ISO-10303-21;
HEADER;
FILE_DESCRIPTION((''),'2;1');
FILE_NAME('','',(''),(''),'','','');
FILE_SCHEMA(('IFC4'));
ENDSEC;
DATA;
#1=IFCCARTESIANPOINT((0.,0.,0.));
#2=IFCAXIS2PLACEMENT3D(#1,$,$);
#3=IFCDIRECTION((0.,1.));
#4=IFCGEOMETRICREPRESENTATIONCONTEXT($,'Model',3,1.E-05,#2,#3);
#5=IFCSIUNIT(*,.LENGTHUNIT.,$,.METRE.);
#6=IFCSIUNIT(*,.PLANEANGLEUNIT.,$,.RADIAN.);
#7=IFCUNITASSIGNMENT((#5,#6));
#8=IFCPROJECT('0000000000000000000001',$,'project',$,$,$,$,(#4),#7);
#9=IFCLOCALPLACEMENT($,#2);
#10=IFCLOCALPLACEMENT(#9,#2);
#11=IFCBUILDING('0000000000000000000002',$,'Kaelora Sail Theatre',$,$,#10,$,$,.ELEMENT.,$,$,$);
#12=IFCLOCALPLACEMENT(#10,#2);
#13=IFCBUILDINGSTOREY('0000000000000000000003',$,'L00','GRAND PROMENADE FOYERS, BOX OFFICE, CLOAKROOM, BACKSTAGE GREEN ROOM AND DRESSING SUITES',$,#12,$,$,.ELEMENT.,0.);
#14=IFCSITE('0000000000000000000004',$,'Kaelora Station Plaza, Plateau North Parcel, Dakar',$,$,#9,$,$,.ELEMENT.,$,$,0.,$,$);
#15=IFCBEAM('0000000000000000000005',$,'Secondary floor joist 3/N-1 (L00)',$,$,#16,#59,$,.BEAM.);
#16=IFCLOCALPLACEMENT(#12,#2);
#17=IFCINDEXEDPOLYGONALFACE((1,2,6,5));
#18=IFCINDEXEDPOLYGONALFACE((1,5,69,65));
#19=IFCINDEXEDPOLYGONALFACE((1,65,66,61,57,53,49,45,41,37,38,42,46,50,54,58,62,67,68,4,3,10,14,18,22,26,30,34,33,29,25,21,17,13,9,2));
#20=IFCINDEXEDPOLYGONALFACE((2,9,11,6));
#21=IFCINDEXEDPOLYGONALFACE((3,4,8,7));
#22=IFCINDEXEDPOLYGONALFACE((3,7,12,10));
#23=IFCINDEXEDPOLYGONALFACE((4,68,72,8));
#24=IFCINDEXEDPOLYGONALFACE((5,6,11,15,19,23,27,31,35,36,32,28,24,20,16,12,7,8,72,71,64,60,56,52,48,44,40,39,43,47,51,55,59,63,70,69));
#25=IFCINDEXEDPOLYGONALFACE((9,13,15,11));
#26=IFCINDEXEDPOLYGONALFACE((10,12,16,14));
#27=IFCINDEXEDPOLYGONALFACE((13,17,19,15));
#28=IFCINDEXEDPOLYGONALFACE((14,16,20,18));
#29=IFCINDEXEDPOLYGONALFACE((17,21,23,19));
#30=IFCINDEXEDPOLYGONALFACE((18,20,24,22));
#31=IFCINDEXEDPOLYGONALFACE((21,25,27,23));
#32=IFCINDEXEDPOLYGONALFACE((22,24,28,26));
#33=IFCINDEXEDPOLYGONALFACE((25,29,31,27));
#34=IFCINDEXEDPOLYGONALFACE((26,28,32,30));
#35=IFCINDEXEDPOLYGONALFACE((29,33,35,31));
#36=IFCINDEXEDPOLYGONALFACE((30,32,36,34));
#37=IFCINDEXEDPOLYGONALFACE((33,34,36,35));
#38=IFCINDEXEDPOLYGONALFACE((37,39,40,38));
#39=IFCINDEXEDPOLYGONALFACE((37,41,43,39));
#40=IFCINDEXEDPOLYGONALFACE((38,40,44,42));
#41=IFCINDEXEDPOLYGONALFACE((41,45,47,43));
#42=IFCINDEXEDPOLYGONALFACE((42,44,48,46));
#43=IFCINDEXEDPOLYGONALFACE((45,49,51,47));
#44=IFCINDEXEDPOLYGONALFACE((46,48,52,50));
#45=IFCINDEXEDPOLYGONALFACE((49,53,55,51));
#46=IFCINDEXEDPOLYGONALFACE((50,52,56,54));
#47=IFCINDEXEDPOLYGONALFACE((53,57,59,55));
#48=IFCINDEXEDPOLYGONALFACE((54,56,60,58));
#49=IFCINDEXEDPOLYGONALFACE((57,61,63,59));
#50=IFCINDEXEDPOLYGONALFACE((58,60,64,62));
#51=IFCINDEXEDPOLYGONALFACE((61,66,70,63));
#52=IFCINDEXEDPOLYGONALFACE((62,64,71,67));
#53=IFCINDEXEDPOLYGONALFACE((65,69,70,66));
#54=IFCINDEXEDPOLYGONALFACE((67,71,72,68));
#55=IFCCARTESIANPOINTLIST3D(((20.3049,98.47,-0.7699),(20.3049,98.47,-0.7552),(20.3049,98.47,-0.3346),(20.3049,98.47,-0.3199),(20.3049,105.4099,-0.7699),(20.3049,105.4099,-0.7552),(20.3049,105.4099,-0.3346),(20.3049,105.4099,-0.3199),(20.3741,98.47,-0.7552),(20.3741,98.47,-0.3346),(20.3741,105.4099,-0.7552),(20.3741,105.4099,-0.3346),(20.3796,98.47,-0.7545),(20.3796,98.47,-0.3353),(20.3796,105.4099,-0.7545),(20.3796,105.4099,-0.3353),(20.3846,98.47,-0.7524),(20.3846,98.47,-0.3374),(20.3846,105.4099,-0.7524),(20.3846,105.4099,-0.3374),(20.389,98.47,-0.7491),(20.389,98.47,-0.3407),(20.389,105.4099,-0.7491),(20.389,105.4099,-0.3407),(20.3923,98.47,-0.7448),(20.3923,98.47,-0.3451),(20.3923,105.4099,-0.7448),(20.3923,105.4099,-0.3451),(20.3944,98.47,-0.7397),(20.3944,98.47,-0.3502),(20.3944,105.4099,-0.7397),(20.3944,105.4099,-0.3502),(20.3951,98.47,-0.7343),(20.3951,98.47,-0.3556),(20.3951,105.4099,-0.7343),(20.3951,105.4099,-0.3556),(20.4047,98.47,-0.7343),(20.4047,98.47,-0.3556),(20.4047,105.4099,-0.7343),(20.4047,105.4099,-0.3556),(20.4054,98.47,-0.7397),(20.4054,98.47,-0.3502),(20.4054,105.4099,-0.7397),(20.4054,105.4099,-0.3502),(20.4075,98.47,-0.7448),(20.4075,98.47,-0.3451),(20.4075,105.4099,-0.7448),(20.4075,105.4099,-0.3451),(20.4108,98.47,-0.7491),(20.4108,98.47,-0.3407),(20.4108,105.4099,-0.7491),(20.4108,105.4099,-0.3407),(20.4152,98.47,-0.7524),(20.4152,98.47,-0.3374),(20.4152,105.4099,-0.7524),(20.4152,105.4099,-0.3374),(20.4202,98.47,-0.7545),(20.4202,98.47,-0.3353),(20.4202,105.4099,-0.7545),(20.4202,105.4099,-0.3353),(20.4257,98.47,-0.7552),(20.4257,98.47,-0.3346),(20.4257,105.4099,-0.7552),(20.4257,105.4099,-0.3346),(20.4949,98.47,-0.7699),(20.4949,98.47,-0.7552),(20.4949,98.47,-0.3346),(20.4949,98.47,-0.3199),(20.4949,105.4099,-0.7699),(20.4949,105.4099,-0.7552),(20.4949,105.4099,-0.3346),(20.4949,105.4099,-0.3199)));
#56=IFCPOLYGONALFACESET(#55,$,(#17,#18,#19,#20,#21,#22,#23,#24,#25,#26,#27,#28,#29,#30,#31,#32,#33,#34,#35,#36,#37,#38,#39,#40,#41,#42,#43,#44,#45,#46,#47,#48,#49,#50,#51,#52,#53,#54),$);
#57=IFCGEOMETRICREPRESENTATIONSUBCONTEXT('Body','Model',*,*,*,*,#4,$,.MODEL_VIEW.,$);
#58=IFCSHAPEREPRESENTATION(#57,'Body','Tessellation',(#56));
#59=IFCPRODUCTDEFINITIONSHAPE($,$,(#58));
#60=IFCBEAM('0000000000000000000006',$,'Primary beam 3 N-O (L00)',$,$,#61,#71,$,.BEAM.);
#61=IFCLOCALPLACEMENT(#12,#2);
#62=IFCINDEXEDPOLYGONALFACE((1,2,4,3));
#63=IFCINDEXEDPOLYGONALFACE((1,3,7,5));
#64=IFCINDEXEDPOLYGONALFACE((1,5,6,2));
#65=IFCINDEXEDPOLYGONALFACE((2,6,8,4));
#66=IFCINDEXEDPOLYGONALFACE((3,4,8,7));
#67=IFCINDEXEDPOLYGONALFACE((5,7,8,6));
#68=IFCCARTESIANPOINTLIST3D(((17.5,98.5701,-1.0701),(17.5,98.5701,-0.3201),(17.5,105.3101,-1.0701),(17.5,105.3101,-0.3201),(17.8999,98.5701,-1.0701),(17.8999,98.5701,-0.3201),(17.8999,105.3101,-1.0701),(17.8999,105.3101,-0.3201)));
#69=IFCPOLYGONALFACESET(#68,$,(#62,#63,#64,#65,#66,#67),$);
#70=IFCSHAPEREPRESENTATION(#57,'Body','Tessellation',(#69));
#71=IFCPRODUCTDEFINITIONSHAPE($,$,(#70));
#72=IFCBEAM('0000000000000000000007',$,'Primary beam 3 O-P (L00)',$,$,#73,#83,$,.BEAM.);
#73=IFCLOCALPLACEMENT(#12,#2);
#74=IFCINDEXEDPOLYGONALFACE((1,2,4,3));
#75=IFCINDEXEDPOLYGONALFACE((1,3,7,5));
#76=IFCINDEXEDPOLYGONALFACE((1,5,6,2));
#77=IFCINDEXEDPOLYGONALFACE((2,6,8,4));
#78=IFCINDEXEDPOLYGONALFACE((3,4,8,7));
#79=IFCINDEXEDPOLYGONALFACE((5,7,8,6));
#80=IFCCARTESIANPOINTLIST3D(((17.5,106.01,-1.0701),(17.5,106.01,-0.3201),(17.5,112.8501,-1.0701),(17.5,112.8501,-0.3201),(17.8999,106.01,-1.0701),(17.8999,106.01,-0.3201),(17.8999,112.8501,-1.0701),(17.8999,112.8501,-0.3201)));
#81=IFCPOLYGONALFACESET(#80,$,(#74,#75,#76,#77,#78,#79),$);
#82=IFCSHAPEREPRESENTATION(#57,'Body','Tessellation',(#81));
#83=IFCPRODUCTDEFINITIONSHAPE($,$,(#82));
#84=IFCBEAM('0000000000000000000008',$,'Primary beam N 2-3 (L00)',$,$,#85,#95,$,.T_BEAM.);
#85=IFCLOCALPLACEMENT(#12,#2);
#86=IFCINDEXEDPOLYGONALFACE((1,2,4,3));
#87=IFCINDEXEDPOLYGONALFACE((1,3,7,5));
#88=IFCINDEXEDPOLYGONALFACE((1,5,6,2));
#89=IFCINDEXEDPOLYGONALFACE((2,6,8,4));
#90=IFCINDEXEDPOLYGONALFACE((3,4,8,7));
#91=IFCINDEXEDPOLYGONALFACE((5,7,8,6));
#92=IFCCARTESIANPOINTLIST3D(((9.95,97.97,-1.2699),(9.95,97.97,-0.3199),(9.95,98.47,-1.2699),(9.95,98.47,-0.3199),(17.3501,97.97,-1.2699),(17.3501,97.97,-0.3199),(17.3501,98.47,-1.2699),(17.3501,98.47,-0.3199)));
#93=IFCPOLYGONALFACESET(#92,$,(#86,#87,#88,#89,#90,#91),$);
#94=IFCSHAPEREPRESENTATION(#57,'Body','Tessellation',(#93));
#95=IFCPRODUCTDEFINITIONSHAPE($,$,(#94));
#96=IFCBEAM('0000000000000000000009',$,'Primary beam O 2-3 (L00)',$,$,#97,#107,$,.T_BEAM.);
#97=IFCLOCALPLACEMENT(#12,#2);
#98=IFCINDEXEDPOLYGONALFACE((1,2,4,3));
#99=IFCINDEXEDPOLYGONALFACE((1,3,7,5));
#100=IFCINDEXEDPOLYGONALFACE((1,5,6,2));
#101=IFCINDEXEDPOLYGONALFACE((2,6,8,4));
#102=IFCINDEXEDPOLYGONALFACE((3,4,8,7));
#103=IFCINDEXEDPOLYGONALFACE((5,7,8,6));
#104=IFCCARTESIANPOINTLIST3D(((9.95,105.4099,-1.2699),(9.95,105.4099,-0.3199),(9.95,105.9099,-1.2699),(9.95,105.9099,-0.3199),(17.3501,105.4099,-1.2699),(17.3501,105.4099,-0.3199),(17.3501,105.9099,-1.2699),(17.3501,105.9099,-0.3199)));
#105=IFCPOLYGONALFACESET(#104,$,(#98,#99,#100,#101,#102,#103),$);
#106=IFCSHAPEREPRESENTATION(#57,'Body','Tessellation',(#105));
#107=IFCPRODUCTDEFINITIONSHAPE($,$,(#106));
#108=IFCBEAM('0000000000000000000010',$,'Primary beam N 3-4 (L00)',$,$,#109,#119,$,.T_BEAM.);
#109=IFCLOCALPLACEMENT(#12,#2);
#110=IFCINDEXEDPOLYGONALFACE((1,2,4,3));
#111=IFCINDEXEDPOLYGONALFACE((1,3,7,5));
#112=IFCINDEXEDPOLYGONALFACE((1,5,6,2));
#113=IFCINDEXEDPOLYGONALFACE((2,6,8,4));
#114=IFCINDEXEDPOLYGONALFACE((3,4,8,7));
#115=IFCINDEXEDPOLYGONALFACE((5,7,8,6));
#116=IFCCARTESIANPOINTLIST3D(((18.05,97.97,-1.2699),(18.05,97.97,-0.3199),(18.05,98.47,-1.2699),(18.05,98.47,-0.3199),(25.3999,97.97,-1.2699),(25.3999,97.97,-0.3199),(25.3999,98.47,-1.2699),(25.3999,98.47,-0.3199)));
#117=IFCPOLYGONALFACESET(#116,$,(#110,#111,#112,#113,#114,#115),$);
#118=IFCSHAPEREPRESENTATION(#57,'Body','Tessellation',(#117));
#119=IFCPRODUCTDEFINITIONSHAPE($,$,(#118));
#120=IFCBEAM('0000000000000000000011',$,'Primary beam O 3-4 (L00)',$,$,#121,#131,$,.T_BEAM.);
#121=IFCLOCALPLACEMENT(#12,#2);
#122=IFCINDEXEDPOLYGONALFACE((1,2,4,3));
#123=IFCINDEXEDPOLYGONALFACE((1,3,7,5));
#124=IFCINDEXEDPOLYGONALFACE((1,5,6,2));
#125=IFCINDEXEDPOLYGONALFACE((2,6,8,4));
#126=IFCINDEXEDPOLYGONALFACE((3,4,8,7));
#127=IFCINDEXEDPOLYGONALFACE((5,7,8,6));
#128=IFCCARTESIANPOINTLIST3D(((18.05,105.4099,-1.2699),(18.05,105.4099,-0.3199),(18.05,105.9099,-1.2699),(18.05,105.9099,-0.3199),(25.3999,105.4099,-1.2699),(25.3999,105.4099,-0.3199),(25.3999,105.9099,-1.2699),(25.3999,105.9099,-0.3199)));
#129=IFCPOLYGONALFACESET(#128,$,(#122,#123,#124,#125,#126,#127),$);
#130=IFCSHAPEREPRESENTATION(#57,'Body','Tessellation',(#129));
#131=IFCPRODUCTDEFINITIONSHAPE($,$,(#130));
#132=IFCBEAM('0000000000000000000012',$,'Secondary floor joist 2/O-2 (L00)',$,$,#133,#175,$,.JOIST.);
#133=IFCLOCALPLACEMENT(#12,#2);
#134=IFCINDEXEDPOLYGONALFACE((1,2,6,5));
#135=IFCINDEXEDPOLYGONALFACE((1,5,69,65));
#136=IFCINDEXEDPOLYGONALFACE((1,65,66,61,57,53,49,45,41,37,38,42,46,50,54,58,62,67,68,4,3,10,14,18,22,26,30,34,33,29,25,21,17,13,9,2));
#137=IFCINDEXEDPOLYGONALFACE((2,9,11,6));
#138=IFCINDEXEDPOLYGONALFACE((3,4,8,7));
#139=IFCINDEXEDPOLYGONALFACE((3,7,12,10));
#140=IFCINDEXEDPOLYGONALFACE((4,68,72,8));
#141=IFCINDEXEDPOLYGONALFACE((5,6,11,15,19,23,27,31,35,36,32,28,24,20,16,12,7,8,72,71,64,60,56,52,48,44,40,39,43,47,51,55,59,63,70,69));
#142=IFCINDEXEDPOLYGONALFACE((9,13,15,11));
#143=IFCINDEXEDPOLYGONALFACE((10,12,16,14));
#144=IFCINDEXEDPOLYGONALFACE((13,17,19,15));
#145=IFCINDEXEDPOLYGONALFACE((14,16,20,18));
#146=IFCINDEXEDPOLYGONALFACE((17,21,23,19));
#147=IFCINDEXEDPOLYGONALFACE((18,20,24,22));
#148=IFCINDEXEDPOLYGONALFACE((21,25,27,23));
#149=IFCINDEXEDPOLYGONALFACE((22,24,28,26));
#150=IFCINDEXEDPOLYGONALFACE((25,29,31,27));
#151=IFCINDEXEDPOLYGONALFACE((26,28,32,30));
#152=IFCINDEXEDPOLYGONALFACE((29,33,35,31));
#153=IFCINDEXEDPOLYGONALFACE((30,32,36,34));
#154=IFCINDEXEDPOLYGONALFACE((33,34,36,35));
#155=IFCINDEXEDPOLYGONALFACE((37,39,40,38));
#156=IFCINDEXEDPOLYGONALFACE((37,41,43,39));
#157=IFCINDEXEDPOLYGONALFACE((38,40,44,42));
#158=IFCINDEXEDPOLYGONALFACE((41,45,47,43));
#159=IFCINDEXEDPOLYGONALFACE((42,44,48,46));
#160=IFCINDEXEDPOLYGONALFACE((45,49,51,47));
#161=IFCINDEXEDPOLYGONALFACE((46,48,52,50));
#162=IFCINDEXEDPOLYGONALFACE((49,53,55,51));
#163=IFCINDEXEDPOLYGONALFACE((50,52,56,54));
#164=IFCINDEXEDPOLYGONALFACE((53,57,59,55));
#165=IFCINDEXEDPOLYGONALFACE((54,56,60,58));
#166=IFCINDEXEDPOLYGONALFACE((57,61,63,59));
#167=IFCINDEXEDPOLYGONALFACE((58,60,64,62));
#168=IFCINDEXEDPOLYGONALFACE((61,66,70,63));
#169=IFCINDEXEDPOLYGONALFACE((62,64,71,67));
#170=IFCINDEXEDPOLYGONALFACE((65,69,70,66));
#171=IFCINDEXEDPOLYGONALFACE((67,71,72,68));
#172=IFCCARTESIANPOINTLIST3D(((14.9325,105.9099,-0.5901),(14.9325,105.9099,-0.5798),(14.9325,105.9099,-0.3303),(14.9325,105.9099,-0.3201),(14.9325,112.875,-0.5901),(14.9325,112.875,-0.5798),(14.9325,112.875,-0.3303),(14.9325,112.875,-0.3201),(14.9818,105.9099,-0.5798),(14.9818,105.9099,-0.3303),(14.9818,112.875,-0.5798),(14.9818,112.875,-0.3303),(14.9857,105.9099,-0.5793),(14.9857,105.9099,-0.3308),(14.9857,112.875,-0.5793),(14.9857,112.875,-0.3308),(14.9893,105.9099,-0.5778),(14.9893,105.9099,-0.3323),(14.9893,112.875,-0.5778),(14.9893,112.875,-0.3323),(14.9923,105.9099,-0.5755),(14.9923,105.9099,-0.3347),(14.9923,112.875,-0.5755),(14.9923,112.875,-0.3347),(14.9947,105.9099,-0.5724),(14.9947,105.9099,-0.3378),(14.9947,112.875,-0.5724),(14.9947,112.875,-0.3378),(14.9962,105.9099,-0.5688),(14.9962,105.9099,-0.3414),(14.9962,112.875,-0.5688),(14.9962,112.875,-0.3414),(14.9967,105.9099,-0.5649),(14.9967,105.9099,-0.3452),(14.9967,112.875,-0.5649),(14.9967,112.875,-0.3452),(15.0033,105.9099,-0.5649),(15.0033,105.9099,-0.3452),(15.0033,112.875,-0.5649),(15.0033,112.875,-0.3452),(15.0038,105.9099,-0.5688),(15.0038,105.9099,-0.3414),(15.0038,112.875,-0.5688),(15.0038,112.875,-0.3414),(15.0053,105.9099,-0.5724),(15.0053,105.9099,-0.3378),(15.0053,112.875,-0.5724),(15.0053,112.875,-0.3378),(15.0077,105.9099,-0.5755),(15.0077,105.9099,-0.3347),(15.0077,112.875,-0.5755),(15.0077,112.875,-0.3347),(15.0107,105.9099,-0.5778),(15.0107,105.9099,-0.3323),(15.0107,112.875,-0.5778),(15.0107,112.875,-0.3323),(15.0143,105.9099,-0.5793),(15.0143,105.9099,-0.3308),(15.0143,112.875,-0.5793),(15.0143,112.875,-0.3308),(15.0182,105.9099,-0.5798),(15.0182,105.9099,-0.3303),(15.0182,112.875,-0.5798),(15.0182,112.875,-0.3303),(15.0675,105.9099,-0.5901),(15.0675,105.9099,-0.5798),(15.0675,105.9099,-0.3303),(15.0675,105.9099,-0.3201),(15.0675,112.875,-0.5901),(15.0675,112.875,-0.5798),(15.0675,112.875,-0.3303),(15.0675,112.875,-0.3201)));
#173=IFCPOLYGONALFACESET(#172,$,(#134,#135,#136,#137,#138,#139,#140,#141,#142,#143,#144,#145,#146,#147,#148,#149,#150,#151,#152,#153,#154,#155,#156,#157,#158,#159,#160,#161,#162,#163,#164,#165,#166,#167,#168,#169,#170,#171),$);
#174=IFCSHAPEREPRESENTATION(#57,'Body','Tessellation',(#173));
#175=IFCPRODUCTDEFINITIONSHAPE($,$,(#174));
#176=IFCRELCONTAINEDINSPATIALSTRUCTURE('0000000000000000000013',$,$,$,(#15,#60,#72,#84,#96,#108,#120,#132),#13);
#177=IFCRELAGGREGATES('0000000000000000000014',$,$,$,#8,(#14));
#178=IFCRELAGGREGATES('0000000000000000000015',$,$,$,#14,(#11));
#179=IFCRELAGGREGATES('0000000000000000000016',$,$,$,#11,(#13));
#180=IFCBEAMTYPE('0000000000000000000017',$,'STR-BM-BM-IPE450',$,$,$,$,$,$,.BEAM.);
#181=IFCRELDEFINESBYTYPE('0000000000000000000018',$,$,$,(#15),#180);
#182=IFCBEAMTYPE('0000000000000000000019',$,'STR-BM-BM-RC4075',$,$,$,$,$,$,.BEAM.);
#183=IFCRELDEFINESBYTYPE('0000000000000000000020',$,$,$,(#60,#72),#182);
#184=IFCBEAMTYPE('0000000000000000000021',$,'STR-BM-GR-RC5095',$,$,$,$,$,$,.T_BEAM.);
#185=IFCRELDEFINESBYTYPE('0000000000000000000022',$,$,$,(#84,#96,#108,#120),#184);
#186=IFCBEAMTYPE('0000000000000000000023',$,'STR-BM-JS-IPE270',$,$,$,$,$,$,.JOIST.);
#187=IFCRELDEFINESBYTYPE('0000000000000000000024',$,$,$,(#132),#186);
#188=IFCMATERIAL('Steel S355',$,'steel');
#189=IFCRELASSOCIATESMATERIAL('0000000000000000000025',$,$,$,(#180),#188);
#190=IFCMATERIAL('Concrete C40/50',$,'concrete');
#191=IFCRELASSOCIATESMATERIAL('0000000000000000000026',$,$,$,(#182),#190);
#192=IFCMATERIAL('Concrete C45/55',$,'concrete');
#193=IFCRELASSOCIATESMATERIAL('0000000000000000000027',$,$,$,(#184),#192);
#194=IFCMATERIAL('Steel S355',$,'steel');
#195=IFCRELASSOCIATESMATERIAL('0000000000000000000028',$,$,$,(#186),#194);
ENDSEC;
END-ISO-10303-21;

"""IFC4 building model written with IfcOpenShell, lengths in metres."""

from ifc_helpers import new_model, si_unit, direction, frame, origin, origin_2d, place, context, subcontext, project, spatial, rectangle, i_section, extrude, material, material_profile, profile_set, type_object, element, save


model = new_model("IFC4")

# Units and contexts
model_context = context("Model", 3, precision=1e-05, world=origin(), true_north=direction((0.0, 1.0)))
body_context = subcontext(model_context, "Body", "Model", "MODEL_VIEW")
ifc_project = project(units=[si_unit("LENGTHUNIT", "METRE"), si_unit("PLANEANGLEUNIT", "RADIAN")], contexts=[model_context])

# Site, building, storey
site_placement = place(None, origin())
site = spatial("IfcSite", under=ifc_project, at=site_placement, Name="Kaelora Station Plaza, Plateau North Parcel, Dakar", CompositionType="ELEMENT", RefElevation=0.0)
building_placement = place(site_placement, origin())
building = spatial("IfcBuilding", under=site, at=building_placement, Name="Kaelora Sail Theatre", CompositionType="ELEMENT")
storey_placement = place(building_placement, origin())
storey = spatial("IfcBuildingStorey", under=building, at=storey_placement, Name="L00", Description="GRAND PROMENADE FOYERS, BOX OFFICE, CLOAKROOM, BACKSTAGE GREEN ROOM AND DRESSING SUITES", CompositionType="ELEMENT", Elevation=0.0)

# Beams
ifc_material_1 = material(Name="Steel S355", Category="steel")
ifc_material_profile_1 = material_profile(ifc_material_1, i_section(OverallWidth=0.1899, OverallDepth=0.45, WebThickness=0.0095, FlangeThickness=0.0146, FilletRadius=0.021, at=origin_2d()), Name="IPE 450")
ifc_profile_set_1 = profile_set([ifc_material_profile_1], Name="Steel S355")
beam_type_1 = type_object("IfcBeamType", Name="STR-BM-BM-IPE450", PredefinedType="BEAM", material=ifc_profile_set_1)
beam_1_placement = place(storey_placement, frame((20.3999, 98.47, -0.5449), z_axis=(0.0, 1.0, 0.0), x_axis=(-1.0, 0.0, 0.0)))
element("IfcBeam", 1, at=beam_1_placement, inside=storey, type_object=beam_type_1, Name="Secondary floor joist 3/N-1 (L00)", PredefinedType="BEAM", context=body_context, shape_type="SweptSolid", body=[
    extrude(i_section(OverallWidth=0.1899, OverallDepth=0.45, WebThickness=0.0095, FlangeThickness=0.0146, FilletRadius=0.021, at=origin_2d()), origin(), (0.0, 0.0, 1.0), 6.9399),
])
ifc_material_2 = material(Name="Concrete C40/50", Category="concrete")
ifc_material_profile_2 = material_profile(ifc_material_2, rectangle(XDim=0.3999, YDim=0.75, at=origin_2d()), Name="RC-BM 400x750")
ifc_profile_set_2 = profile_set([ifc_material_profile_2], Name="Concrete C40/50")
beam_type_2 = type_object("IfcBeamType", Name="STR-BM-BM-RC4075", PredefinedType="BEAM", material=ifc_profile_set_2)
beam_2_placement = place(storey_placement, frame((17.7, 98.5701, -0.6951), z_axis=(0.0, 1.0, 0.0), x_axis=(-1.0, 0.0, 0.0)))
element("IfcBeam", 2, at=beam_2_placement, inside=storey, type_object=beam_type_2, Name="Primary beam 3 N-O (L00)", PredefinedType="BEAM", context=body_context, shape_type="SweptSolid", body=[
    extrude(rectangle(XDim=0.3999, YDim=0.75, at=origin_2d()), origin(), (0.0, 0.0, 1.0), 6.74),
])
beam_3_placement = place(storey_placement, frame((17.7, 106.01, -0.6951), z_axis=(0.0, 1.0, 0.0), x_axis=(-1.0, 0.0, 0.0)))
element("IfcBeam", 3, at=beam_3_placement, inside=storey, type_object=beam_type_2, Name="Primary beam 3 O-P (L00)", PredefinedType="BEAM", context=body_context, shape_type="SweptSolid", body=[
    extrude(rectangle(XDim=0.3999, YDim=0.75, at=origin_2d()), origin(), (0.0, 0.0, 1.0), 6.8401),
])
ifc_material_3 = material(Name="Concrete C45/55", Category="concrete")
ifc_material_profile_3 = material_profile(ifc_material_3, rectangle(XDim=0.5, YDim=0.95, at=origin_2d()), Name="RC-GRD 500x950")
ifc_profile_set_3 = profile_set([ifc_material_profile_3], Name="Concrete C45/55")
beam_type_3 = type_object("IfcBeamType", Name="STR-BM-GR-RC5095", PredefinedType="T_BEAM", material=ifc_profile_set_3)
for number, where, z_axis, x_axis, name in (
    (4, (9.95, 98.22, -0.7949), (1.0, 0.0, 0.0), (0.0, 1.0, 0.0), "Primary beam N 2-3 (L00)"),
    (5, (9.95, 105.6599, -0.7949), (1.0, 0.0, 0.0), (0.0, 1.0, 0.0), "Primary beam O 2-3 (L00)"),
):
    element("IfcBeam", number, at=place(storey_placement, frame(where, z_axis=z_axis, x_axis=x_axis)), inside=storey, type_object=beam_type_3, Name=name, PredefinedType="T_BEAM", context=body_context, shape_type="SweptSolid", body=[
        extrude(rectangle(XDim=0.5, YDim=0.95, at=origin_2d()), origin(), (0.0, 0.0, 1.0), 7.4001),
    ])
for number, where, z_axis, x_axis, name in (
    (6, (18.05, 98.22, -0.7949), (1.0, 0.0, 0.0), (0.0, 1.0, 0.0), "Primary beam N 3-4 (L00)"),
    (7, (18.05, 105.6599, -0.7949), (1.0, 0.0, 0.0), (0.0, 1.0, 0.0), "Primary beam O 3-4 (L00)"),
):
    element("IfcBeam", number, at=place(storey_placement, frame(where, z_axis=z_axis, x_axis=x_axis)), inside=storey, type_object=beam_type_3, Name=name, PredefinedType="T_BEAM", context=body_context, shape_type="SweptSolid", body=[
        extrude(rectangle(XDim=0.5, YDim=0.95, at=origin_2d()), origin(), (0.0, 0.0, 1.0), 7.3499),
    ])
ifc_material_4 = material(Name="Steel S355", Category="steel")
ifc_material_profile_4 = material_profile(ifc_material_4, i_section(OverallWidth=0.135, OverallDepth=0.27, WebThickness=0.0066, FlangeThickness=0.0103, FilletRadius=0.0149, at=origin_2d()), Name="IPE 270")
ifc_profile_set_4 = profile_set([ifc_material_profile_4], Name="Steel S355")
beam_type_4 = type_object("IfcBeamType", Name="STR-BM-JS-IPE270", PredefinedType="JOIST", material=ifc_profile_set_4)
for number, where, z_axis, x_axis, name in (
    (8, (15.0, 105.9099, -0.4551), (0.0, 1.0, 0.0), (-1.0, 0.0, 0.0), "Secondary floor joist 2/O-2 (L00)"),
):
    element("IfcBeam", number, at=place(storey_placement, frame(where, z_axis=z_axis, x_axis=x_axis)), inside=storey, type_object=beam_type_4, Name=name, PredefinedType="JOIST", context=body_context, shape_type="SweptSolid", body=[
        extrude(i_section(OverallWidth=0.135, OverallDepth=0.27, WebThickness=0.0066, FlangeThickness=0.0103, FilletRadius=0.0149, at=origin_2d()), origin(), (0.0, 0.0, 1.0), 6.9651),
    ])

save(model, "model.ifc")
